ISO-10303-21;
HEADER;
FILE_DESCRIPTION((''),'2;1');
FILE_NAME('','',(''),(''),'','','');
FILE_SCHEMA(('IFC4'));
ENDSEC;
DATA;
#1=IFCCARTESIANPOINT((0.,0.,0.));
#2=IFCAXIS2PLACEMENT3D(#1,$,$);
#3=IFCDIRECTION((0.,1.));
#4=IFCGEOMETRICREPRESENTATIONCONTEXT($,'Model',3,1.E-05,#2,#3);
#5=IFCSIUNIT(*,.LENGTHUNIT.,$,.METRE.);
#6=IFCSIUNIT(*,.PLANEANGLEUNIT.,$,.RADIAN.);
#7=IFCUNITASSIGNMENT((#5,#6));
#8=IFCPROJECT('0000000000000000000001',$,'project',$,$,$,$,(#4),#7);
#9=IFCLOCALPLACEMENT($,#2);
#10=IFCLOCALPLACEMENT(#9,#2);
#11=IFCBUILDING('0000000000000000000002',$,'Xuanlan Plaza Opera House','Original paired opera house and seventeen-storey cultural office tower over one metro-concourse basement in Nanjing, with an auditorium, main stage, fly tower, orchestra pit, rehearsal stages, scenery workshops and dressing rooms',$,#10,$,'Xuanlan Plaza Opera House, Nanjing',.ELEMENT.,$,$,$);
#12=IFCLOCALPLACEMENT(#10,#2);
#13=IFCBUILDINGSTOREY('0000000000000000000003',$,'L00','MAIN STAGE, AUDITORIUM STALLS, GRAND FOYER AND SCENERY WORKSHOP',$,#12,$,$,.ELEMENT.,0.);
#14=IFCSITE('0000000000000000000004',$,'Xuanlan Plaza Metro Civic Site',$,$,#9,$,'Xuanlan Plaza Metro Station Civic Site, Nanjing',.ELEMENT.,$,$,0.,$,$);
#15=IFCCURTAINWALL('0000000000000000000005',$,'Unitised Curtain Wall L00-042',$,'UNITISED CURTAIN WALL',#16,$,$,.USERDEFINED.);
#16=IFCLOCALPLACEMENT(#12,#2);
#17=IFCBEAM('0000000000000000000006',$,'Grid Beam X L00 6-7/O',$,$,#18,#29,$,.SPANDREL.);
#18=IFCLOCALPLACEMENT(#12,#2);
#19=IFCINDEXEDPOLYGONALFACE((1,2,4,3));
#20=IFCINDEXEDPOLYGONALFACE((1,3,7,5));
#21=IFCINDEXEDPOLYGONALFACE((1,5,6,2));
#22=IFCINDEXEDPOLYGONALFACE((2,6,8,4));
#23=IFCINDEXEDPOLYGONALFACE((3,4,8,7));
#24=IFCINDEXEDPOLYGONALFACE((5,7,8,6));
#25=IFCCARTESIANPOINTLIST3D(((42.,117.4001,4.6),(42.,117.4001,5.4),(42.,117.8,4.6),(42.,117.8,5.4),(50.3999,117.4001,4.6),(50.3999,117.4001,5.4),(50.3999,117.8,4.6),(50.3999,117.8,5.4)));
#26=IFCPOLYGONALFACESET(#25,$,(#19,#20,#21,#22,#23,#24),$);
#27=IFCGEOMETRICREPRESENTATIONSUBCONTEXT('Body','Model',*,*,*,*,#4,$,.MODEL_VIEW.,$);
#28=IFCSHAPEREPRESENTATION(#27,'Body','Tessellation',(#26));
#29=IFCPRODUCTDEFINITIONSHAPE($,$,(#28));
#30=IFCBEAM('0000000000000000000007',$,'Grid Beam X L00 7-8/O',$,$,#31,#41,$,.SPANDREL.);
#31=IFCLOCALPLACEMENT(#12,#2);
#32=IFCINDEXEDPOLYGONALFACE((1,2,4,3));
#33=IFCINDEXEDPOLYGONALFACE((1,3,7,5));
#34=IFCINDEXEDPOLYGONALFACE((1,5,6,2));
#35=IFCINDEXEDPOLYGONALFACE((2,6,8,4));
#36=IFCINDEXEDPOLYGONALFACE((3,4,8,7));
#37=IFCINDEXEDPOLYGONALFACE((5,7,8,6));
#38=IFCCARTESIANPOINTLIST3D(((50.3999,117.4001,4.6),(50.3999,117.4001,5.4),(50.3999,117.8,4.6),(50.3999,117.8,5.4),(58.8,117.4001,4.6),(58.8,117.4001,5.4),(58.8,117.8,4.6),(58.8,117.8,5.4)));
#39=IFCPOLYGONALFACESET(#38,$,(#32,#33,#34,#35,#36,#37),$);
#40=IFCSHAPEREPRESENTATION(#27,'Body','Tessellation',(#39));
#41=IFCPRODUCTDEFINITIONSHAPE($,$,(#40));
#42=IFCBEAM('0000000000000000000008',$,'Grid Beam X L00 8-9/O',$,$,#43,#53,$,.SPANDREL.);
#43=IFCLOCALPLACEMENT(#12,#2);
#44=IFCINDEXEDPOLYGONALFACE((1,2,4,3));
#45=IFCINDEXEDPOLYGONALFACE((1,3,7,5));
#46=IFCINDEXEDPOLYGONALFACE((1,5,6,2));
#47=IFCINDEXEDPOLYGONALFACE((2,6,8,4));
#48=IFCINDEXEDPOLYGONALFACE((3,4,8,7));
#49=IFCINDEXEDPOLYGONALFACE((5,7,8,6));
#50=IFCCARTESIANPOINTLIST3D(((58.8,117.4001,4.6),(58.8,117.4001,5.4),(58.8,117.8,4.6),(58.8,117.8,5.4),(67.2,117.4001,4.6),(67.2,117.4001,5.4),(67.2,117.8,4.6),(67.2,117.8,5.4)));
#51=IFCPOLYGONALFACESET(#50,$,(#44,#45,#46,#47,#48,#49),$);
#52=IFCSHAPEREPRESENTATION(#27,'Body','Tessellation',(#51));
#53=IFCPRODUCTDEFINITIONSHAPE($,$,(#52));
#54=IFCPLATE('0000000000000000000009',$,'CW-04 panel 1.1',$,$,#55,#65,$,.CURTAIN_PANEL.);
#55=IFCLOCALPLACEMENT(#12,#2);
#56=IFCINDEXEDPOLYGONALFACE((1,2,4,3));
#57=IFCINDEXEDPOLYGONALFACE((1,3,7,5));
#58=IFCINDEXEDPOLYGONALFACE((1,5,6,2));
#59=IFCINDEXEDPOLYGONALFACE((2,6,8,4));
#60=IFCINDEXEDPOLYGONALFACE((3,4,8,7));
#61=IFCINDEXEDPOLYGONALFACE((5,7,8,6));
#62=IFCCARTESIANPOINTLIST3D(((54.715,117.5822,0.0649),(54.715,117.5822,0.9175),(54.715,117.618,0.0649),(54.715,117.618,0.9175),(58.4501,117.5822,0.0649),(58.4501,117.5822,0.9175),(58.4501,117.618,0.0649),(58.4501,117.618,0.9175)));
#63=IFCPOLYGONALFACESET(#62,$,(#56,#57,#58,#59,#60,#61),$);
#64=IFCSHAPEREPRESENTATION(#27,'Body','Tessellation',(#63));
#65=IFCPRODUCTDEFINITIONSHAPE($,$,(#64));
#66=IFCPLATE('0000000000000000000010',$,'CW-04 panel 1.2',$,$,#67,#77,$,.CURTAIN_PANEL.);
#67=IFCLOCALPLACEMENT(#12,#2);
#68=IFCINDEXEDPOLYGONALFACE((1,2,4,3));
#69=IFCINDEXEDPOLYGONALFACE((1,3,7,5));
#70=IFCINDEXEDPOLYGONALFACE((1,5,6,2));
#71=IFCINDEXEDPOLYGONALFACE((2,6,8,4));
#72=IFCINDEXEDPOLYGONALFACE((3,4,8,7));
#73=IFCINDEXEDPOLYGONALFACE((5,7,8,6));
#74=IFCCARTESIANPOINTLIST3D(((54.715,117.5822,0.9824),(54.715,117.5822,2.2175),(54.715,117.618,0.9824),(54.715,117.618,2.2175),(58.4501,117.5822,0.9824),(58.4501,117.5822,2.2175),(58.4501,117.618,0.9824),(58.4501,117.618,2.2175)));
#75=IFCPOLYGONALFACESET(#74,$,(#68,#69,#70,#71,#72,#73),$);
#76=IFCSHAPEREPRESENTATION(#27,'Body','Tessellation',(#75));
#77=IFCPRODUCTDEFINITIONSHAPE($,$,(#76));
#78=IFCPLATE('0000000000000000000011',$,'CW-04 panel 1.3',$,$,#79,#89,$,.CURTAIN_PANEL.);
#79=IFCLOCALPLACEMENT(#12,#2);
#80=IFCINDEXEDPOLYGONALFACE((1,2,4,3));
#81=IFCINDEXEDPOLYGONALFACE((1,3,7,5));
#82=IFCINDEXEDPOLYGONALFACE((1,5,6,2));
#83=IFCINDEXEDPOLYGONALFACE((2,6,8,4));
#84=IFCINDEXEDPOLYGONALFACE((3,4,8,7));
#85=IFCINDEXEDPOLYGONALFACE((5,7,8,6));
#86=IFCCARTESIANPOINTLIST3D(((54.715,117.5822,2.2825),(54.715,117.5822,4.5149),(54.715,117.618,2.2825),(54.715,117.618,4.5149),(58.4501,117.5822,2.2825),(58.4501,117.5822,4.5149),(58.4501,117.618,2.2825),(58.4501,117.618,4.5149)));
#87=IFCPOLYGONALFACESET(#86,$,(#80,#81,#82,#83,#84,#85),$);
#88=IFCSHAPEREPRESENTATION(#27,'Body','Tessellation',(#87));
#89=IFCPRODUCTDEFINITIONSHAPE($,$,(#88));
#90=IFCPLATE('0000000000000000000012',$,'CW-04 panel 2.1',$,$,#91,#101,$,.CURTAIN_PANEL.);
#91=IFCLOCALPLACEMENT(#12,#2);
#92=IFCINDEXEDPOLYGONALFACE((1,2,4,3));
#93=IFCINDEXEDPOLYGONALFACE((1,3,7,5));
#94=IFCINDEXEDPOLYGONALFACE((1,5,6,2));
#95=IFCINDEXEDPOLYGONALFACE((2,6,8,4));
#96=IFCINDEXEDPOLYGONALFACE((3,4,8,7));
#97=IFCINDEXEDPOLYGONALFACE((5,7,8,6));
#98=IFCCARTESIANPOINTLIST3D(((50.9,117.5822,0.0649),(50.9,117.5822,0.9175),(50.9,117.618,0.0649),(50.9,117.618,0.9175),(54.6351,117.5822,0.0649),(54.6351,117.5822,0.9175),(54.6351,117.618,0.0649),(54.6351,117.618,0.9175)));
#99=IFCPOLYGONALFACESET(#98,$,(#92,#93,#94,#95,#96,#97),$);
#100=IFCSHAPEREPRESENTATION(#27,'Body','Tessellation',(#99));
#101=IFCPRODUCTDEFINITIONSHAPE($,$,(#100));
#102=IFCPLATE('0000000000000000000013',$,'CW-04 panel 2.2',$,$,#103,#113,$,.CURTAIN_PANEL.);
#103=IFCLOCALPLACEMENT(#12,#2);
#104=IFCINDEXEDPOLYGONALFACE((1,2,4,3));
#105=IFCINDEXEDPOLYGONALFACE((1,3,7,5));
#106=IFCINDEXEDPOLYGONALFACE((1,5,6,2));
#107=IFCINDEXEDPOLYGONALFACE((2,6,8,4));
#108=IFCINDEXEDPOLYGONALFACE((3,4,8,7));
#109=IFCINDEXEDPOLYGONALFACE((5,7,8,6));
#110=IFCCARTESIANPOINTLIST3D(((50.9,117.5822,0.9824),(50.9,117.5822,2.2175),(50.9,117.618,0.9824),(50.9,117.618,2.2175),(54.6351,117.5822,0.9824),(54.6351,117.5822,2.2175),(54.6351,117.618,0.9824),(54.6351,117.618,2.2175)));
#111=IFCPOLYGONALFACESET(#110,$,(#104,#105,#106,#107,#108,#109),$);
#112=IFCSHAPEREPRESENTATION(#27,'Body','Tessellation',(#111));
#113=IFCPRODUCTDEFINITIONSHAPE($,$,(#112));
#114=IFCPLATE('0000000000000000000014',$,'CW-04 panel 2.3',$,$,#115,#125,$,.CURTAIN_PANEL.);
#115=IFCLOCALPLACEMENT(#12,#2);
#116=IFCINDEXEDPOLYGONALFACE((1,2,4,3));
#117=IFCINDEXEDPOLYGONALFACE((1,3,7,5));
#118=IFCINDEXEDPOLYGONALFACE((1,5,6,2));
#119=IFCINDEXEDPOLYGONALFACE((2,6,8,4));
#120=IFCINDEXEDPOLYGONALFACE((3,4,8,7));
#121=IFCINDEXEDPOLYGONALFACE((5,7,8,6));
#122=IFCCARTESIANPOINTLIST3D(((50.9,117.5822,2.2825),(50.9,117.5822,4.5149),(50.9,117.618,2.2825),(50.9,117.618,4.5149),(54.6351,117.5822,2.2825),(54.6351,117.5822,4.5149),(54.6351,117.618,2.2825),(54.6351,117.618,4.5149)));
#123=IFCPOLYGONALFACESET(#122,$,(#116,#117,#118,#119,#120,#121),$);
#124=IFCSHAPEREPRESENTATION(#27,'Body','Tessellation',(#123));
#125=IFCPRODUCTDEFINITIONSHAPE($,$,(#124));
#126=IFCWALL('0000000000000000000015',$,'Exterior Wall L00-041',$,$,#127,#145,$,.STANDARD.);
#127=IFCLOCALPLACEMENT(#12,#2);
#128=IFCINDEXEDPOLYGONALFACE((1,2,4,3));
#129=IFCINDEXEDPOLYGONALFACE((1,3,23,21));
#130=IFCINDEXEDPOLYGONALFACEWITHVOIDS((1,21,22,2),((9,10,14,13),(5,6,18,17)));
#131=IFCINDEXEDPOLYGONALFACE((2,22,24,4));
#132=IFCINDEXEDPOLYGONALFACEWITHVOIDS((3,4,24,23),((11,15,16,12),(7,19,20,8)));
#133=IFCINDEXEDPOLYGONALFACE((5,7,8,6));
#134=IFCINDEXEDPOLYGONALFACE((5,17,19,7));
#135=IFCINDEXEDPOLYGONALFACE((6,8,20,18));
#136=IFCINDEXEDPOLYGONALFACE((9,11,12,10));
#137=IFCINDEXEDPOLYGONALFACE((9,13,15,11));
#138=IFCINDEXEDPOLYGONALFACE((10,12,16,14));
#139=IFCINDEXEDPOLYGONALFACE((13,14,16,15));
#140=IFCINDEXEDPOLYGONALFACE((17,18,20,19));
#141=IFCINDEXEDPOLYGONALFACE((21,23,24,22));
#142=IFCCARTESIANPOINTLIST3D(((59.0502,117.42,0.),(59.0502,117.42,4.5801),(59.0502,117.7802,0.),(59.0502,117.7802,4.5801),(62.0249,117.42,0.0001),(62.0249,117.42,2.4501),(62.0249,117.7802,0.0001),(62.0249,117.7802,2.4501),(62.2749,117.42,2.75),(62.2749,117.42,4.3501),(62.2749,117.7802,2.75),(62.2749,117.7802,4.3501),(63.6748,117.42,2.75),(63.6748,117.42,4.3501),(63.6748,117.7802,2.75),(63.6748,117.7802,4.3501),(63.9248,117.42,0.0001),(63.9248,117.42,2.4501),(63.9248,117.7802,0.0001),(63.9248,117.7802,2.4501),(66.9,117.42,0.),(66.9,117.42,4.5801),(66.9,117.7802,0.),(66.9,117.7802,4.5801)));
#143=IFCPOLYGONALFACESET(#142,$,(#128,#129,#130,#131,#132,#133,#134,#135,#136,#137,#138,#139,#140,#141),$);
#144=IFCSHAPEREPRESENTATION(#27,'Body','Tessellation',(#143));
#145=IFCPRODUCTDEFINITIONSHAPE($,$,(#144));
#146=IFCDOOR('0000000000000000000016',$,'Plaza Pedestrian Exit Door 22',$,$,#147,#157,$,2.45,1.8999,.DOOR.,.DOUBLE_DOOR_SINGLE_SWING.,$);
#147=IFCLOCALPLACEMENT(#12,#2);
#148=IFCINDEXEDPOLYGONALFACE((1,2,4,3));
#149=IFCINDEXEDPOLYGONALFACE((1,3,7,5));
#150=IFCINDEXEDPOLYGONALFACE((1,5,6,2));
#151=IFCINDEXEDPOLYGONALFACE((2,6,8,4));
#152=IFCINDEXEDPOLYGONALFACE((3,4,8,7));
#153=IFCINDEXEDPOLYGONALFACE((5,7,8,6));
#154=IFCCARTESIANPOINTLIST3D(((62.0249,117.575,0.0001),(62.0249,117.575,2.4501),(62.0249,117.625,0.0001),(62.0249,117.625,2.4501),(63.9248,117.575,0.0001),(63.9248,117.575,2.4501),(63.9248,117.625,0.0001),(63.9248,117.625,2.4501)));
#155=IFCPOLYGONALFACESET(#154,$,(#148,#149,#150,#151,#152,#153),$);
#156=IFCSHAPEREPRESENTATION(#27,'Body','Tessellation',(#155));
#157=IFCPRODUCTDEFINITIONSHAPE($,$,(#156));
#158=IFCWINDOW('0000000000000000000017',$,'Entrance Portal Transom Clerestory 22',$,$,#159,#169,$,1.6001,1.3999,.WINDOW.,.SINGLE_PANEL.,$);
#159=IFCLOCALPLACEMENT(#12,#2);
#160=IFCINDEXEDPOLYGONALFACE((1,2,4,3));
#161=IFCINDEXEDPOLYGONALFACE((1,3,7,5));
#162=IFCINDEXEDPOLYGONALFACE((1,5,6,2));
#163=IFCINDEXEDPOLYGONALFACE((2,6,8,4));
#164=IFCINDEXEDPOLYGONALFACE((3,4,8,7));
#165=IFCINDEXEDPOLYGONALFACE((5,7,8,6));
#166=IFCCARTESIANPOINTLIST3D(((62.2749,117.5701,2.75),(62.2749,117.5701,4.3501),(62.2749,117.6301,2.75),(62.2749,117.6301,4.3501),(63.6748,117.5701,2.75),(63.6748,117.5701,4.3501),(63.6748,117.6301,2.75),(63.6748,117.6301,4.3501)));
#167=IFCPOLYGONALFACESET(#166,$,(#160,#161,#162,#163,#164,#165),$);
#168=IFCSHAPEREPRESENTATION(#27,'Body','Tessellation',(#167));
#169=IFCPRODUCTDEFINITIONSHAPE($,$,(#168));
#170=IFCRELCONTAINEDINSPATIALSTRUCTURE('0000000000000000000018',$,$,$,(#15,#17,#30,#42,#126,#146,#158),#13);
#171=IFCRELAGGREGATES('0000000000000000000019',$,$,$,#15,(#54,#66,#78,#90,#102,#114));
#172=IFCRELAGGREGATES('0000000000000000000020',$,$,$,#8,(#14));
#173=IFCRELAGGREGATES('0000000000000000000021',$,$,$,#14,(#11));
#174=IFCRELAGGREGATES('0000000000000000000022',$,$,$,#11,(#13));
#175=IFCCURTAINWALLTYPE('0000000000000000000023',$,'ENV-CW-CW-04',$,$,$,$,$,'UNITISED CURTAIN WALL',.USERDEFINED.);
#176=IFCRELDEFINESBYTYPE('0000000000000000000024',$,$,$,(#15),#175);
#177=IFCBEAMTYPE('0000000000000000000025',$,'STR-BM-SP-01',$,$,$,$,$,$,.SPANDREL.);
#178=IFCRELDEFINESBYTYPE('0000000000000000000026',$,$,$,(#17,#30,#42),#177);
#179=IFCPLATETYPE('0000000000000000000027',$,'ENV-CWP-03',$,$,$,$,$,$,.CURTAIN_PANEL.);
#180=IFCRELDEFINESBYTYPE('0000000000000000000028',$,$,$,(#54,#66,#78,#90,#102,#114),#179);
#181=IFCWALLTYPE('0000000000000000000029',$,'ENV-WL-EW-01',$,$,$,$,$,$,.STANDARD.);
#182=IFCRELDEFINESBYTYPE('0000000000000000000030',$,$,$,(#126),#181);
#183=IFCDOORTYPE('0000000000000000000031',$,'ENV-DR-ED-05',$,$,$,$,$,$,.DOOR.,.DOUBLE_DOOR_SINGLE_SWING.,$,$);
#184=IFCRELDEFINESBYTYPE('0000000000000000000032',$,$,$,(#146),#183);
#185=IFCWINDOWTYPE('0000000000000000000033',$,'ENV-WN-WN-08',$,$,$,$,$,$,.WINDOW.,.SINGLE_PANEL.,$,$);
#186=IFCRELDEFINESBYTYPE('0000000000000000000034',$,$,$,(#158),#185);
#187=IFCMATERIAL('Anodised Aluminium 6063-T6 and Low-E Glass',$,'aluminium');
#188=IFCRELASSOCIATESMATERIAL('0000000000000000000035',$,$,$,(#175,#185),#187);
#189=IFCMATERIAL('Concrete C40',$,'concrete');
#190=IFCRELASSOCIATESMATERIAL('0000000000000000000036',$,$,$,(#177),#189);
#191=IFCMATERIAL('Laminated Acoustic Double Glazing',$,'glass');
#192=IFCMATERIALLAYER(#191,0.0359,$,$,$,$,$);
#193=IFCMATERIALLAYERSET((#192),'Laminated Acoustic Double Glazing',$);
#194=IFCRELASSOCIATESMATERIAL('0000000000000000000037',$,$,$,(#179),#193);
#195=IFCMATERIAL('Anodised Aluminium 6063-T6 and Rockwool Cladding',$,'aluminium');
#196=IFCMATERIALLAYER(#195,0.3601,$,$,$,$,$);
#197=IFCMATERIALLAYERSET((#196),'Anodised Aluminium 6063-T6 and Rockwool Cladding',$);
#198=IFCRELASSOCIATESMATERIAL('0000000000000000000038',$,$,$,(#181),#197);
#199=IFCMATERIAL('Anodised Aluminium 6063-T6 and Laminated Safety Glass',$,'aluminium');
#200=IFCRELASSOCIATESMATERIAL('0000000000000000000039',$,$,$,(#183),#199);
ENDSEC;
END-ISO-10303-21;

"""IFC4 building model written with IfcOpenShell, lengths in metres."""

from ifc_helpers import new_model, si_unit, direction, frame, frame_2d, origin, origin_2d, place, context, subcontext, project, spatial, rectangle, extrude, material, layer, layer_set, material_profile, profile_set, type_object, element, fill, aggregate, save


model = new_model("IFC4")

# Units and contexts
model_context = context("Model", 3, precision=1e-05, world=origin(), true_north=direction((0.0, 1.0)))
body_context = subcontext(model_context, "Body", "Model", "MODEL_VIEW")
ifc_project = project(units=[si_unit("LENGTHUNIT", "METRE"), si_unit("PLANEANGLEUNIT", "RADIAN")], contexts=[model_context])

# Site, building, storey
site_placement = place(None, origin())
site = spatial("IfcSite", under=ifc_project, at=site_placement, Name="Xuanlan Plaza Metro Civic Site", LongName="Xuanlan Plaza Metro Station Civic Site, Nanjing", CompositionType="ELEMENT", RefElevation=0.0)
building_placement = place(site_placement, origin())
building = spatial("IfcBuilding", under=site, at=building_placement, Name="Xuanlan Plaza Opera House", Description="Original paired opera house and seventeen-storey cultural office tower over one metro-concourse basement in Nanjing, with an auditorium, main stage, fly tower, orchestra pit, rehearsal stages, scenery workshops and dressing rooms", LongName="Xuanlan Plaza Opera House, Nanjing", CompositionType="ELEMENT")
storey_placement = place(building_placement, origin())
storey = spatial("IfcBuildingStorey", under=building, at=storey_placement, Name="L00", Description="MAIN STAGE, AUDITORIUM STALLS, GRAND FOYER AND SCENERY WORKSHOP", CompositionType="ELEMENT", Elevation=0.0)

# Shared definitions
ifc_material_1 = material(Name="Concrete C40", Category="concrete")

# Curtain wall
ifc_material_2 = material(Name="Anodised Aluminium 6063-T6 and Low-E Glass", Category="aluminium")
curtain_wall_type = type_object("IfcCurtainWallType", Name="ENV-CW-CW-04", ElementType="UNITISED CURTAIN WALL", PredefinedType="USERDEFINED", material=ifc_material_2)
curtain_wall_placement = place(storey_placement, origin())
curtain_wall = element("IfcCurtainWall", 1, at=curtain_wall_placement, inside=storey, type_object=curtain_wall_type, Name="Unitised Curtain Wall L00-042", ObjectType="UNITISED CURTAIN WALL", PredefinedType="USERDEFINED")

# Beams
ifc_material_profile_1 = material_profile(ifc_material_1, rectangle(XDim=0.3999, YDim=0.8, at=origin_2d()), Name="RC-SPD 400x800")
ifc_profile_set_1 = profile_set([ifc_material_profile_1], Name="Concrete C40")
beam_type = type_object("IfcBeamType", Name="STR-BM-SP-01", PredefinedType="SPANDREL", material=ifc_profile_set_1)
beam_1_placement = place(storey_placement, frame((42.0, 117.6001, 5.0), z_axis=(1.0, 0.0, 0.0), x_axis=(0.0, 1.0, 0.0)))
element("IfcBeam", 2, at=beam_1_placement, inside=storey, type_object=beam_type, Name="Grid Beam X L00 6-7/O", PredefinedType="SPANDREL", context=body_context, shape_type="SweptSolid", body=[
    extrude(rectangle(XDim=0.3999, YDim=0.8, at=origin_2d()), origin(), (0.0, 0.0, 1.0), 8.3999),
])
beam_2_placement = place(storey_placement, frame((50.3999, 117.6001, 5.0), z_axis=(1.0, 0.0, 0.0), x_axis=(0.0, 1.0, 0.0)))
element("IfcBeam", 3, at=beam_2_placement, inside=storey, type_object=beam_type, Name="Grid Beam X L00 7-8/O", PredefinedType="SPANDREL", context=body_context, shape_type="SweptSolid", body=[
    extrude(rectangle(XDim=0.3999, YDim=0.8, at=origin_2d()), origin(), (0.0, 0.0, 1.0), 8.4001),
])
beam_3_placement = place(storey_placement, frame((58.8, 117.6001, 5.0), z_axis=(1.0, 0.0, 0.0), x_axis=(0.0, 1.0, 0.0)))
element("IfcBeam", 4, at=beam_3_placement, inside=storey, type_object=beam_type, Name="Grid Beam X L00 8-9/O", PredefinedType="SPANDREL", context=body_context, shape_type="SweptSolid", body=[
    extrude(rectangle(XDim=0.3999, YDim=0.8, at=origin_2d()), origin(), (0.0, 0.0, 1.0), 8.3999),
])

# Plates
ifc_material_3 = material(Name="Laminated Acoustic Double Glazing", Category="glass")
ifc_layer_1 = layer(ifc_material_3, 0.0359)
ifc_layer_set_1 = layer_set([ifc_layer_1], Name="Laminated Acoustic Double Glazing")
plate_type = type_object("IfcPlateType", Name="ENV-CWP-03", PredefinedType="CURTAIN_PANEL", material=ifc_layer_set_1)
plate_1_placement = place(storey_placement, frame((56.5825, 117.6001, 0.0649), z_axis=(0.0, 0.0, 1.0), x_axis=(-1.0, 0.0, 0.0)))
plate_1 = element("IfcPlate", 5, at=plate_1_placement, type_object=plate_type, Name="CW-04 panel 1.1", PredefinedType="CURTAIN_PANEL", context=body_context, shape_type="SweptSolid", body=[
    extrude(rectangle(XDim=3.7351, YDim=0.0359, at=origin_2d()), origin(), (0.0, 0.0, 1.0), 0.8525),
])
plate_2_placement = place(storey_placement, frame((56.5825, 117.6001, 0.9824), z_axis=(0.0, 0.0, 1.0), x_axis=(-1.0, 0.0, 0.0)))
plate_2 = element("IfcPlate", 6, at=plate_2_placement, type_object=plate_type, Name="CW-04 panel 1.2", PredefinedType="CURTAIN_PANEL", context=body_context, shape_type="SweptSolid", body=[
    extrude(rectangle(XDim=3.7351, YDim=0.0359, at=origin_2d()), origin(), (0.0, 0.0, 1.0), 1.2351),
])
plate_3_placement = place(storey_placement, frame((56.5825, 117.6001, 2.2825), z_axis=(0.0, 0.0, 1.0), x_axis=(-1.0, 0.0, 0.0)))
plate_3 = element("IfcPlate", 7, at=plate_3_placement, type_object=plate_type, Name="CW-04 panel 1.3", PredefinedType="CURTAIN_PANEL", context=body_context, shape_type="SweptSolid", body=[
    extrude(rectangle(XDim=3.7351, YDim=0.0359, at=origin_2d()), origin(), (0.0, 0.0, 1.0), 2.2324),
])
plate_4_placement = place(storey_placement, frame((52.7676, 117.6001, 0.0649), z_axis=(0.0, 0.0, 1.0), x_axis=(-1.0, 0.0, 0.0)))
plate_4 = element("IfcPlate", 8, at=plate_4_placement, type_object=plate_type, Name="CW-04 panel 2.1", PredefinedType="CURTAIN_PANEL", context=body_context, shape_type="SweptSolid", body=[
    extrude(rectangle(XDim=3.7351, YDim=0.0359, at=origin_2d()), origin(), (0.0, 0.0, 1.0), 0.8525),
])
plate_5_placement = place(storey_placement, frame((52.7676, 117.6001, 0.9824), z_axis=(0.0, 0.0, 1.0), x_axis=(-1.0, 0.0, 0.0)))
plate_5 = element("IfcPlate", 9, at=plate_5_placement, type_object=plate_type, Name="CW-04 panel 2.2", PredefinedType="CURTAIN_PANEL", context=body_context, shape_type="SweptSolid", body=[
    extrude(rectangle(XDim=3.7351, YDim=0.0359, at=origin_2d()), origin(), (0.0, 0.0, 1.0), 1.2351),
])
plate_6_placement = place(storey_placement, frame((52.7676, 117.6001, 2.2825), z_axis=(0.0, 0.0, 1.0), x_axis=(-1.0, 0.0, 0.0)))
plate_6 = element("IfcPlate", 10, at=plate_6_placement, type_object=plate_type, Name="CW-04 panel 2.3", PredefinedType="CURTAIN_PANEL", context=body_context, shape_type="SweptSolid", body=[
    extrude(rectangle(XDim=3.7351, YDim=0.0359, at=origin_2d()), origin(), (0.0, 0.0, 1.0), 2.2324),
])
aggregate(curtain_wall, [plate_1, plate_2, plate_3, plate_4, plate_5, plate_6])

# Wall, openings, door, window
ifc_material_4 = material(Name="Anodised Aluminium 6063-T6 and Rockwool Cladding", Category="aluminium")
ifc_layer_2 = layer(ifc_material_4, 0.3601)
ifc_layer_set_2 = layer_set([ifc_layer_2], Name="Anodised Aluminium 6063-T6 and Rockwool Cladding")
wall_type_1 = type_object("IfcWallType", Name="ENV-WL-EW-01", PredefinedType="STANDARD", material=ifc_layer_set_2)
wall_1_placement = place(storey_placement, frame((66.8999, 117.6001, 0.0), z_axis=(0.0, 0.0, 1.0), x_axis=(-1.0, 0.0, 0.0)))
wall_1 = element("IfcWall", 11, at=wall_1_placement, inside=storey, type_object=wall_type_1, Name="Exterior Wall L00-041", PredefinedType="STANDARD", context=body_context, shape_type="SweptSolid", body=[
    extrude(rectangle(XDim=7.8499, YDim=0.3601, at=frame_2d((3.9248, 0.0))), origin(), (0.0, 0.0, 1.0), 4.5801),
])
opening_1_placement = place(wall_1_placement, frame((2.9751, 0.0, 0.0)))
opening_1 = element("IfcOpeningElement", 12, at=opening_1_placement, cuts=wall_1, PredefinedType="OPENING", context=body_context, shape_type="SweptSolid", body=[
    extrude(rectangle(XDim=1.8999, YDim=2.45, at=frame_2d((0.95, 1.2251))), frame((0.0, 0.1899, 0.0), z_axis=(0.0, -1.0, 0.0), x_axis=(1.0, 0.0, 0.0)), (0.0, 0.0, 1.0), 0.3801),
])
opening_2_placement = place(wall_1_placement, frame((3.2251, 0.0, 2.75)))
opening_2 = element("IfcOpeningElement", 13, at=opening_2_placement, cuts=wall_1, PredefinedType="OPENING", context=body_context, shape_type="SweptSolid", body=[
    extrude(rectangle(XDim=1.3999, YDim=1.6001, at=frame_2d((0.7, 0.8))), frame((0.0, 0.1899, 0.0), z_axis=(0.0, -1.0, 0.0), x_axis=(1.0, 0.0, 0.0)), (0.0, 0.0, 1.0), 0.3801),
])
ifc_material_5 = material(Name="Anodised Aluminium 6063-T6 and Laminated Safety Glass", Category="aluminium")
door_type_1 = type_object("IfcDoorType", Name="ENV-DR-ED-05", OperationType="DOUBLE_DOOR_SINGLE_SWING", PredefinedType="DOOR", material=ifc_material_5)
door_1_placement = place(opening_1_placement, frame((1.8999, 0.0, 0.0), z_axis=(0.0, 0.0, 1.0), x_axis=(-1.0, 0.0, 0.0)))
door_1 = element("IfcDoor", 14, at=door_1_placement, inside=storey, type_object=door_type_1, Name="Plaza Pedestrian Exit Door 22", OperationType="DOUBLE_DOOR_SINGLE_SWING", OverallHeight=2.45, OverallWidth=1.8999, PredefinedType="DOOR", context=body_context, shape_type="SweptSolid", body=[
    extrude(rectangle(XDim=1.8999, YDim=2.45, at=frame_2d((0.95, 1.2251))), frame((0.0, 0.0249, 0.0), z_axis=(0.0, -1.0, 0.0), x_axis=(1.0, 0.0, 0.0)), (0.0, 0.0, 1.0), 0.05),
])
fill(opening_1, door_1)
window_type = type_object("IfcWindowType", Name="ENV-WN-WN-08", PartitioningType="SINGLE_PANEL", PredefinedType="WINDOW", material=ifc_material_2)
window_1_placement = place(opening_2_placement, origin())
window_1 = element("IfcWindow", 15, at=window_1_placement, inside=storey, type_object=window_type, Name="Entrance Portal Transom Clerestory 22", OverallHeight=1.6001, OverallWidth=1.3999, PartitioningType="SINGLE_PANEL", PredefinedType="WINDOW", context=body_context, shape_type="SweptSolid", body=[
    extrude(rectangle(XDim=1.3999, YDim=1.6001, at=frame_2d((0.7, 0.8))), frame((0.0, 0.03, 0.0), z_axis=(0.0, -1.0, 0.0), x_axis=(1.0, 0.0, 0.0)), (0.0, 0.0, 1.0), 0.0601),
])
fill(opening_2, window_1)

save(model, "model.ifc")
